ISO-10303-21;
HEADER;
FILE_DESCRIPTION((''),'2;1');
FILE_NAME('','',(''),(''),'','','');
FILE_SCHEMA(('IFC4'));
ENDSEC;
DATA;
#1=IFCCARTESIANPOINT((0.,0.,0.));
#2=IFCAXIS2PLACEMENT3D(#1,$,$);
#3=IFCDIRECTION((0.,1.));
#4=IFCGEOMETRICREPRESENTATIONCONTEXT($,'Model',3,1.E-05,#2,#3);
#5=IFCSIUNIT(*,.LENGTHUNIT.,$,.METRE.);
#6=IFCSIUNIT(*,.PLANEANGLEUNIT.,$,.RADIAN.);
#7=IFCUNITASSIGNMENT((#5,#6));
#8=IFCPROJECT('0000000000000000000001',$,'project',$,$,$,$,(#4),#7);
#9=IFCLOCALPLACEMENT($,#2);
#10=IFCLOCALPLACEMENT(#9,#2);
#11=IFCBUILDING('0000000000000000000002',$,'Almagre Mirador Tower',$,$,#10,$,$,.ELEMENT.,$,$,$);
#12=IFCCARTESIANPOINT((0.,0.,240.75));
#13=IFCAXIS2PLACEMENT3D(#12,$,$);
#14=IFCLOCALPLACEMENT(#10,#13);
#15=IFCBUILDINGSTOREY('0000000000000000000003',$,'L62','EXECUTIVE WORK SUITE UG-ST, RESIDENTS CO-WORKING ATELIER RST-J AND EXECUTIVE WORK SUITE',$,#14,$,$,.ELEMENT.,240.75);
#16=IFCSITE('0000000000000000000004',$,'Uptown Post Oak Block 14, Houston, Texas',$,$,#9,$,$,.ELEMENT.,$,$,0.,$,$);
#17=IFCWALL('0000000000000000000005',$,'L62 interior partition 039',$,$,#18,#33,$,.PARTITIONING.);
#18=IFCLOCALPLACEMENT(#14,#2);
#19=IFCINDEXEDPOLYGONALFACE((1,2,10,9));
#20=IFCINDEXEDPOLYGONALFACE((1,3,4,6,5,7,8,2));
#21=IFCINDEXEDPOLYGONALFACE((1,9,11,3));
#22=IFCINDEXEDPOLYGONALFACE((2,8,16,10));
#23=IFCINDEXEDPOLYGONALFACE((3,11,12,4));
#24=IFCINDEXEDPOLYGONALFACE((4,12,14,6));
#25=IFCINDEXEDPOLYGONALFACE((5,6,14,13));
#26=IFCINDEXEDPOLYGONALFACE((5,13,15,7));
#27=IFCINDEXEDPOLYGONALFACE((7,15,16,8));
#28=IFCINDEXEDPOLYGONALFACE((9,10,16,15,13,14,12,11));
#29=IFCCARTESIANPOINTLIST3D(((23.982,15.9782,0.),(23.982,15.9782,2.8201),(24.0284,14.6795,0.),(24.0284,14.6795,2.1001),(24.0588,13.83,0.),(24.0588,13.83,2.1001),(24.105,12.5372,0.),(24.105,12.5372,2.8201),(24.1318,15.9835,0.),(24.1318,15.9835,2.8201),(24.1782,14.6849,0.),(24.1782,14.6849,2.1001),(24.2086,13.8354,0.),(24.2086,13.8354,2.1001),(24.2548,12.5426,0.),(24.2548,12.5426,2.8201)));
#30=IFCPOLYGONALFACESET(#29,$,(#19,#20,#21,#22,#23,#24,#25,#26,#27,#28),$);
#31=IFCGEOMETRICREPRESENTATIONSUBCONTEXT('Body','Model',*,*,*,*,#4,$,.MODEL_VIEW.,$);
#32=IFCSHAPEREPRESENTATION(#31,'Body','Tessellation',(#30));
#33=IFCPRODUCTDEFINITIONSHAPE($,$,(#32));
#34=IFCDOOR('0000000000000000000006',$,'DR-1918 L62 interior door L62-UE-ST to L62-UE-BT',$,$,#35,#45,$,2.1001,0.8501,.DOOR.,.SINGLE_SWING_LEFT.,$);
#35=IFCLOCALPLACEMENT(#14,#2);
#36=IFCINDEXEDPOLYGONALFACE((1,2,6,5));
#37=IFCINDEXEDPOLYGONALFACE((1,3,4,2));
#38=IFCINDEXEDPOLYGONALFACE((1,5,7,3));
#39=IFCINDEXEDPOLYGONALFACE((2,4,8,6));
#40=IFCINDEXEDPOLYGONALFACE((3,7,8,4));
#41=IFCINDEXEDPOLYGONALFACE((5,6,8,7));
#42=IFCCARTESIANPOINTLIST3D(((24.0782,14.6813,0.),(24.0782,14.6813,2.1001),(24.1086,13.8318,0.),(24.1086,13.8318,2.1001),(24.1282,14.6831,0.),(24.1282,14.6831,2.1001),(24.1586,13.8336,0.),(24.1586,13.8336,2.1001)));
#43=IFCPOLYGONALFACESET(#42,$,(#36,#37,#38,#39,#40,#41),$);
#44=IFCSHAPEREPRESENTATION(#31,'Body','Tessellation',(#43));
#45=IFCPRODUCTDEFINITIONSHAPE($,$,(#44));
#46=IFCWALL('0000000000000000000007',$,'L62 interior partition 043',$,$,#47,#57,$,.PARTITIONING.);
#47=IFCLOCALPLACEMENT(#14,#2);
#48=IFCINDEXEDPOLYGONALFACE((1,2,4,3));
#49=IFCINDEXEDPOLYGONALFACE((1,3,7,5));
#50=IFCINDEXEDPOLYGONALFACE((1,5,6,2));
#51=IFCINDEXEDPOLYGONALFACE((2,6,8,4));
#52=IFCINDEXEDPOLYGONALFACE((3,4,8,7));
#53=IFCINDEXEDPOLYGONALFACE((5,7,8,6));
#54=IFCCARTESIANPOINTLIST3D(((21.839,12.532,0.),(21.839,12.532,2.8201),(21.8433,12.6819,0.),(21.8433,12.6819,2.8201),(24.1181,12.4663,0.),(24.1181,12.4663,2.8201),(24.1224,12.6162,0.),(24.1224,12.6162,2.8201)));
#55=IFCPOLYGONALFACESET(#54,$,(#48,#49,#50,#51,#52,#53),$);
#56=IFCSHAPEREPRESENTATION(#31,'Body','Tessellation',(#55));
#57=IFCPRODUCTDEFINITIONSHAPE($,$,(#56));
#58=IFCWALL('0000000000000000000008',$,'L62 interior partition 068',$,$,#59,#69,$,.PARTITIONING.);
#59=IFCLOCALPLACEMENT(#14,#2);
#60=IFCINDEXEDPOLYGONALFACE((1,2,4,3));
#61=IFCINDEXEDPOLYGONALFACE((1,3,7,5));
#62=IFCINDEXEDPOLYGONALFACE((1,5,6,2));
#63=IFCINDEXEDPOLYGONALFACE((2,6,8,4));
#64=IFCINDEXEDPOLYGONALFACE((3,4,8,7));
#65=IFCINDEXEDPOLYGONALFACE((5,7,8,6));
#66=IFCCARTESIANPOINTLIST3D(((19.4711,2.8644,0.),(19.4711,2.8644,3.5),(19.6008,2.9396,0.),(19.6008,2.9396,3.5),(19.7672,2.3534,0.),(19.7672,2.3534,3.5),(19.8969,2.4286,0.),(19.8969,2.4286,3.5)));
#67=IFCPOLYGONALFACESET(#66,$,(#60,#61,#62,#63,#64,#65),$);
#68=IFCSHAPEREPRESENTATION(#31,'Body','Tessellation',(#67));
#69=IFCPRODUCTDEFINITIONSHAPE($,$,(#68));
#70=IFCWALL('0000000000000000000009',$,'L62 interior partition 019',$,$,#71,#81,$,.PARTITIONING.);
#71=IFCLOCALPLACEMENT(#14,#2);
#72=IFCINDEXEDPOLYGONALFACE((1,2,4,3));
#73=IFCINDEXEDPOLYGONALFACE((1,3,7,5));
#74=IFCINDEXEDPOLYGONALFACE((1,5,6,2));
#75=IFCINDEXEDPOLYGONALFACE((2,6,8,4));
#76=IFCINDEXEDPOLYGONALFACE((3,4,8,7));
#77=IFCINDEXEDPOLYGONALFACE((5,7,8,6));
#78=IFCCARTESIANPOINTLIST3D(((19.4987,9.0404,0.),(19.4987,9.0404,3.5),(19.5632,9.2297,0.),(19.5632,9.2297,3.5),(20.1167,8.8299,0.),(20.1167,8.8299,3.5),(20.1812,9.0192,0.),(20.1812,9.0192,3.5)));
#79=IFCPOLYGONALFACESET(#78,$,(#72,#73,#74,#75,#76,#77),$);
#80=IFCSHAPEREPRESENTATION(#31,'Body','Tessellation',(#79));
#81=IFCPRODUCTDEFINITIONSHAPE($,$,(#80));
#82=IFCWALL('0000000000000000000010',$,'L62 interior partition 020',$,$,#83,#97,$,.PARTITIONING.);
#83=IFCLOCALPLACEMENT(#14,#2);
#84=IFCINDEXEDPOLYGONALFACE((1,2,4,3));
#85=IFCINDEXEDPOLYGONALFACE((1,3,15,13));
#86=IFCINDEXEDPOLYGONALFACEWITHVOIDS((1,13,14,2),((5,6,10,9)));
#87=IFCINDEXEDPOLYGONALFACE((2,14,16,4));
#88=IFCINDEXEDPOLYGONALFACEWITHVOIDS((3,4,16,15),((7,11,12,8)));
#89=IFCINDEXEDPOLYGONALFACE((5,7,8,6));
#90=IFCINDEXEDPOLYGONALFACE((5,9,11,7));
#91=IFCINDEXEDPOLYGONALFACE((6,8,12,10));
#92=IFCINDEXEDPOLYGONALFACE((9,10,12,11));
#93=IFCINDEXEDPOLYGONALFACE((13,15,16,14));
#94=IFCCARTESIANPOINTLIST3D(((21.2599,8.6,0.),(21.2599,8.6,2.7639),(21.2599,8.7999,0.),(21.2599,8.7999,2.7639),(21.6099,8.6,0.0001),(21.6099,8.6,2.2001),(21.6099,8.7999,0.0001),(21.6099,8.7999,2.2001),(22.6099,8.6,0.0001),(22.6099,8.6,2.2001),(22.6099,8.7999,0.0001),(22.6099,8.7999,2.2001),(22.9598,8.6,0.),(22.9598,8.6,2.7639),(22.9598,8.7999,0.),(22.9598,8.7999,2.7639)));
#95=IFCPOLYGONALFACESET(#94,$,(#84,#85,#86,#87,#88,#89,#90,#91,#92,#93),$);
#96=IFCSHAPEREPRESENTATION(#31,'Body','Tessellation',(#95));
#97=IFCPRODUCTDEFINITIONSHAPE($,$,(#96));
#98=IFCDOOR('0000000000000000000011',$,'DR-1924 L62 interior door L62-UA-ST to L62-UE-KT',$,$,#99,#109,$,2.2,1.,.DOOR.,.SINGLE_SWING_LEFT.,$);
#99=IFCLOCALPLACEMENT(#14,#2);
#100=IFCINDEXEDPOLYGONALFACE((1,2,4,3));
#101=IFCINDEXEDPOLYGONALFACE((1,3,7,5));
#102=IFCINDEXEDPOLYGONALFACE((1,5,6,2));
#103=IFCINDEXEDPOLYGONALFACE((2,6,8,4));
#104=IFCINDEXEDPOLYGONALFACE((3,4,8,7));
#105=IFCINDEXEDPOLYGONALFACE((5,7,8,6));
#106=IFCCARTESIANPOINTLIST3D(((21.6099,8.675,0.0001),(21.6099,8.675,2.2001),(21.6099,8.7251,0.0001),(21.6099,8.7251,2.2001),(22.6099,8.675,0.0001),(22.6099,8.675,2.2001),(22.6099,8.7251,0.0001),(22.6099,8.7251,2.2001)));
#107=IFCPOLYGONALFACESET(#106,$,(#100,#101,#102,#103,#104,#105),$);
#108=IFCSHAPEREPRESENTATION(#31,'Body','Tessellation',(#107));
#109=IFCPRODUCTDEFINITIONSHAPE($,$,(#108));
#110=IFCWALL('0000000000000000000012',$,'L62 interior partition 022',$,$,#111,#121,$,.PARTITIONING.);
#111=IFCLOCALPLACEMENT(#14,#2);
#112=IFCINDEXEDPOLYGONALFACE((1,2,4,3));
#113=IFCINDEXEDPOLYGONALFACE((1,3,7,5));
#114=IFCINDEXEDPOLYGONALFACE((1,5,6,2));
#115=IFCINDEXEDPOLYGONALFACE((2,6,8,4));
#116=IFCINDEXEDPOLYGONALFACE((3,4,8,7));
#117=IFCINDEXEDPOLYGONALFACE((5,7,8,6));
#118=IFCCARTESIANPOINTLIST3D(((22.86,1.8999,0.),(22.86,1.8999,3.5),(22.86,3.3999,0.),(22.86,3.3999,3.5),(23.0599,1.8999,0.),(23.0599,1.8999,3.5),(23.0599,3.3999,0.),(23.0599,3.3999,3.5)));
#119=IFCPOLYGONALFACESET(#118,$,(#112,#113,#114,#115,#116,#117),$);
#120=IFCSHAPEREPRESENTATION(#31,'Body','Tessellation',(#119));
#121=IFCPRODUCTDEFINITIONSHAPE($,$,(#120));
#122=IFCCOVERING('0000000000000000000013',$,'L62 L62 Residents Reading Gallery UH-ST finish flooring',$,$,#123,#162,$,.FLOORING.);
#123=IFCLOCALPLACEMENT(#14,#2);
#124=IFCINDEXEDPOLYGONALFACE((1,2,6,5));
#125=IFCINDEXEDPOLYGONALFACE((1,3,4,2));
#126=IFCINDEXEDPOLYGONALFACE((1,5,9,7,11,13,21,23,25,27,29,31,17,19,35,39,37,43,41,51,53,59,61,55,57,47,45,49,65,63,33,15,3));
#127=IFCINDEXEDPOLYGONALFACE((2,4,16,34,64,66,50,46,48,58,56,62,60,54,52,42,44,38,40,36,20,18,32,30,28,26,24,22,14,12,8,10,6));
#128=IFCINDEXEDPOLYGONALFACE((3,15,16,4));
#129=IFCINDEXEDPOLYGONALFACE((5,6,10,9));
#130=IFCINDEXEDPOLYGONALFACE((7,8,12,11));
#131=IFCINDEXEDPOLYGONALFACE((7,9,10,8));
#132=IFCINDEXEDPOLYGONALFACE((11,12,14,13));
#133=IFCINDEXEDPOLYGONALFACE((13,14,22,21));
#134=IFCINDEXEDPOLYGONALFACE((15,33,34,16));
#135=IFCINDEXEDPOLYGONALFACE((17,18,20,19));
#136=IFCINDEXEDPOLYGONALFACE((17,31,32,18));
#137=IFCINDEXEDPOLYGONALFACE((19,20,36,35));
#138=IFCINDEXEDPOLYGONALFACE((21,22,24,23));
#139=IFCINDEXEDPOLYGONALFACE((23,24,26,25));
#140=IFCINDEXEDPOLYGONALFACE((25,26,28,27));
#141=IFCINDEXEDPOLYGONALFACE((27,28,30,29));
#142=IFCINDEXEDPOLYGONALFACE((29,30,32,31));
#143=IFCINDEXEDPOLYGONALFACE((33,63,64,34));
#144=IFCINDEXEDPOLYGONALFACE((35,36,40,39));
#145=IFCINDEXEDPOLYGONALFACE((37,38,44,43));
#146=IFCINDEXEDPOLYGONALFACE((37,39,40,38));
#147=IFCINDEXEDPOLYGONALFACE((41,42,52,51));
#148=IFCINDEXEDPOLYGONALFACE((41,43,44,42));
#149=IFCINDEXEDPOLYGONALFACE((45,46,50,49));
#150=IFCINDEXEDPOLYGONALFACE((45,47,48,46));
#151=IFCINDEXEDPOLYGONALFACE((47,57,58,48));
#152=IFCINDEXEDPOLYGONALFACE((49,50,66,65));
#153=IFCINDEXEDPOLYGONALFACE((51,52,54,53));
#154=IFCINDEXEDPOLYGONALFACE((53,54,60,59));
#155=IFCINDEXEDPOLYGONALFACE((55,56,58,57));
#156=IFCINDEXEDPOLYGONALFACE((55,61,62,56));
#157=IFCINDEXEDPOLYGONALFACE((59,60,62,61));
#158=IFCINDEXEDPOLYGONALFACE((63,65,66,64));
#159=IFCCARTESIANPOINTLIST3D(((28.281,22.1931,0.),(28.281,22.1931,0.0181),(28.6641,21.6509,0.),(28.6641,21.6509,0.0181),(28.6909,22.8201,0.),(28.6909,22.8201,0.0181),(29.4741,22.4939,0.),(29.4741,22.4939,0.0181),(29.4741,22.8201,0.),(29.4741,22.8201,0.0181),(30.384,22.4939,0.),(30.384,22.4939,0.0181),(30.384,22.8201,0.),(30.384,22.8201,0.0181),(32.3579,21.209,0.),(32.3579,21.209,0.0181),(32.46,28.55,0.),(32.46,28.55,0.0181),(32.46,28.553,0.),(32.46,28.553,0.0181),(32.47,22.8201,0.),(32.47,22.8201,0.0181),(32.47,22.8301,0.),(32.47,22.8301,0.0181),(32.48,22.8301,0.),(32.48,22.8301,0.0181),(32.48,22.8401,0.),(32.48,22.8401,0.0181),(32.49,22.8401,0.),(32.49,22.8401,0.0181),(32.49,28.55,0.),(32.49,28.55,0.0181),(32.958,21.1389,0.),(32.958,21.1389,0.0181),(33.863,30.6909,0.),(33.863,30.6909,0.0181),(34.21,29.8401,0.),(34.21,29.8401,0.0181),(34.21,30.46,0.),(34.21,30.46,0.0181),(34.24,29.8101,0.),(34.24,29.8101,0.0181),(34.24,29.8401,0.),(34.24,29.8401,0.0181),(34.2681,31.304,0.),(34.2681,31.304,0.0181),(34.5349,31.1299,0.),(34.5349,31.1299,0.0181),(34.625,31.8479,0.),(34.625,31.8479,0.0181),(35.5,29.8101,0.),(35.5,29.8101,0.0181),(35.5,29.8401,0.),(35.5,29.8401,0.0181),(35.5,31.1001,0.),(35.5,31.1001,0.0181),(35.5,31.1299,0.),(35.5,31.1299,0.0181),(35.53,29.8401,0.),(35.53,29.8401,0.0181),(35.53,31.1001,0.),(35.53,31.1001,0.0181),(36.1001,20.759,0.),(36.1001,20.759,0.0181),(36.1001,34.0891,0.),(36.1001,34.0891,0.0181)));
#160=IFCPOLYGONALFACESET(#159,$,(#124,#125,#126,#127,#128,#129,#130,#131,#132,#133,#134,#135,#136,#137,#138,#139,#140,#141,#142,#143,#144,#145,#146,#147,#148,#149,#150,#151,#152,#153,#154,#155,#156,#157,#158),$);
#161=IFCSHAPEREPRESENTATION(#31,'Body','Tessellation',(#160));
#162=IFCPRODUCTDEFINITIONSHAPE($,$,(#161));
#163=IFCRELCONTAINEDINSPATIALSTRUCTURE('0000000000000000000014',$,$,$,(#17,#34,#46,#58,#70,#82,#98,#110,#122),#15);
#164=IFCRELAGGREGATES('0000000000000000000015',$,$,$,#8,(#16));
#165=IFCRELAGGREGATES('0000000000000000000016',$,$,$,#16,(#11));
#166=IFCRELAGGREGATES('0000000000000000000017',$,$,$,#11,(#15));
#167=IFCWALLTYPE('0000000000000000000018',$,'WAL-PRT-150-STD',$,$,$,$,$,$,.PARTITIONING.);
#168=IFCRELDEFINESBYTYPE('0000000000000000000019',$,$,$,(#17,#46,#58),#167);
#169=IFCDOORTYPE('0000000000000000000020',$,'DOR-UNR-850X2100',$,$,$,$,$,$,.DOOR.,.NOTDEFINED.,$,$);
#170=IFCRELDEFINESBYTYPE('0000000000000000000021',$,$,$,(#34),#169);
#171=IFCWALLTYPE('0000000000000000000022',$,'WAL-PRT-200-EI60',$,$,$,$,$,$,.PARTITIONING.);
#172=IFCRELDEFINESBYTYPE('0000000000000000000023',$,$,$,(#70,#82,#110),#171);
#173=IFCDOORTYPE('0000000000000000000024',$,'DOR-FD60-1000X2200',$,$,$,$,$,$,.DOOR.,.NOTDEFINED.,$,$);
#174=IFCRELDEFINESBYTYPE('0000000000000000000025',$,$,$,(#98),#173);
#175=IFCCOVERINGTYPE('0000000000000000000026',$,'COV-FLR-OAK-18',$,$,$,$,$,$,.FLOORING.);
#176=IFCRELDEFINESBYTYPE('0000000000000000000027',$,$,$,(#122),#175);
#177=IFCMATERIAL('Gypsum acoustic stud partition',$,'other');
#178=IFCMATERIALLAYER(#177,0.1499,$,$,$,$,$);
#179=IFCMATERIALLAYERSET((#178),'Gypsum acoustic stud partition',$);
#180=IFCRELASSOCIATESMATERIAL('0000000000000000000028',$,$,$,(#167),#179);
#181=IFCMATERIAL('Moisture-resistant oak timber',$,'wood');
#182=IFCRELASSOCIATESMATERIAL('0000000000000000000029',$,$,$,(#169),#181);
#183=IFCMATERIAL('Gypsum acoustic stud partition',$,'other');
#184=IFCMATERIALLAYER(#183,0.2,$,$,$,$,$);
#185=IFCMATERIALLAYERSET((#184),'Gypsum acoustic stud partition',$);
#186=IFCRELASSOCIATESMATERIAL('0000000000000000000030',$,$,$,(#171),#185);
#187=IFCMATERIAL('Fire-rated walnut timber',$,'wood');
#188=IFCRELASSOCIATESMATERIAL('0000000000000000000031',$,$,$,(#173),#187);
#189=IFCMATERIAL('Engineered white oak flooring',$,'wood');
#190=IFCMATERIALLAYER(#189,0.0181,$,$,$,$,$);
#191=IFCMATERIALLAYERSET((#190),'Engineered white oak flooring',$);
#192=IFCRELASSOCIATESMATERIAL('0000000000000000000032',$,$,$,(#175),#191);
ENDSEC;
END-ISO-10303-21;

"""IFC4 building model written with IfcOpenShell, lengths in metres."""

from ifc_helpers import new_model, si_unit, direction, frame, frame_2d, origin, place, context, subcontext, project, spatial, polyline, rectangle, outline, extrude, material, layer, layer_set, type_object, element, fill, save


model = new_model("IFC4")

# Units and contexts
model_context = context("Model", 3, precision=1e-05, world=origin(), true_north=direction((0.0, 1.0)))
body_context = subcontext(model_context, "Body", "Model", "MODEL_VIEW")
ifc_project = project(units=[si_unit("LENGTHUNIT", "METRE"), si_unit("PLANEANGLEUNIT", "RADIAN")], contexts=[model_context])

# Site, building, storey
site_placement = place(None, origin())
site = spatial("IfcSite", under=ifc_project, at=site_placement, Name="Uptown Post Oak Block 14, Houston, Texas", CompositionType="ELEMENT", RefElevation=0.0)
building_placement = place(site_placement, origin())
building = spatial("IfcBuilding", under=site, at=building_placement, Name="Almagre Mirador Tower", CompositionType="ELEMENT")
storey_placement = place(building_placement, frame((0.0, 0.0, 240.75)))
storey = spatial("IfcBuildingStorey", under=building, at=storey_placement, Name="L62", Description="EXECUTIVE WORK SUITE UG-ST, RESIDENTS CO-WORKING ATELIER RST-J AND EXECUTIVE WORK SUITE", CompositionType="ELEMENT", Elevation=240.75)

# Wall, opening, door
ifc_material_1 = material(Name="Gypsum acoustic stud partition", Category="other")
ifc_layer_1 = layer(ifc_material_1, 0.1499)
ifc_layer_set_1 = layer_set([ifc_layer_1], Name="Gypsum acoustic stud partition")
wall_type_1 = type_object("IfcWallType", Name="WAL-PRT-150-STD", PredefinedType="PARTITIONING", material=ifc_layer_set_1)
ifc_material_2 = material(Name="Moisture-resistant oak timber", Category="wood")
door_type_1 = type_object("IfcDoorType", Name="DOR-UNR-850X2100", OperationType="NOTDEFINED", PredefinedType="DOOR", material=ifc_material_2)
wall_1_placement = place(storey_placement, frame((24.0569, 15.981, 0.0), z_axis=(0.0, 0.0, 1.0), x_axis=(0.035737, -0.999361, 0.0)))
wall_1 = element("IfcWall", 1, at=wall_1_placement, inside=storey, type_object=wall_type_1, Name="L62 interior partition 039", PredefinedType="PARTITIONING", context=body_context, shape_type="SweptSolid", body=[
    extrude(rectangle(XDim=3.4431, YDim=0.1499, at=frame_2d((1.7217, 0.0))), origin(), (0.0, 0.0, 1.0), 2.8201),
])
opening_1_placement = place(wall_1_placement, frame((1.2996, 0.0, 0.0)))
opening_1 = element("IfcOpeningElement", 2, at=opening_1_placement, cuts=wall_1, PredefinedType="OPENING", context=body_context, shape_type="SweptSolid", body=[
    extrude(rectangle(XDim=0.8501, YDim=2.1001, at=frame_2d((0.425, 1.05))), frame((0.0, 0.085, 0.0), z_axis=(0.0, -1.0, 0.0), x_axis=(1.0, 0.0, 0.0)), (0.0, 0.0, 1.0), 0.1699),
])
door_1_placement = place(opening_1_placement, origin())
door_1 = element("IfcDoor", 3, at=door_1_placement, inside=storey, type_object=door_type_1, Name="DR-1918 L62 interior door L62-UE-ST to L62-UE-BT", OperationType="SINGLE_SWING_LEFT", OverallHeight=2.1001, OverallWidth=0.8501, PredefinedType="DOOR", context=body_context, shape_type="SweptSolid", body=[
    extrude(rectangle(XDim=0.8501, YDim=2.1001, at=frame_2d((0.425, 1.05))), frame((0.0, 0.0249, 0.0), z_axis=(0.0, -1.0, 0.0), x_axis=(1.0, 0.0, 0.0)), (0.0, 0.0, 1.0), 0.05),
])
fill(opening_1, door_1)

# Walls
wall_2_placement = place(storey_placement, frame((21.8411, 12.6069, 0.0), z_axis=(0.0, 0.0, 1.0), x_axis=(0.999585, -0.028804, 0.0)))
element("IfcWall", 4, at=wall_2_placement, inside=storey, type_object=wall_type_1, Name="L62 interior partition 043", PredefinedType="PARTITIONING", context=body_context, shape_type="SweptSolid", body=[
    extrude(rectangle(XDim=2.28, YDim=0.1499, at=frame_2d((1.1401, 0.0))), origin(), (0.0, 0.0, 1.0), 2.8201),
])
wall_3_placement = place(storey_placement, frame((19.5359, 2.9021, 0.0), z_axis=(0.0, 0.0, 1.0), x_axis=(0.501427, -0.8652, 0.0)))
element("IfcWall", 5, at=wall_3_placement, inside=storey, type_object=wall_type_1, Name="L62 interior partition 068", PredefinedType="PARTITIONING", context=body_context, shape_type="SweptSolid", body=[
    extrude(rectangle(XDim=0.5906, YDim=0.1499, at=frame_2d((0.2954, 0.0))), origin(), (0.0, 0.0, 1.0), 3.5),
])
ifc_material_3 = material(Name="Gypsum acoustic stud partition", Category="other")
ifc_layer_2 = layer(ifc_material_3, 0.2)
ifc_layer_set_2 = layer_set([ifc_layer_2], Name="Gypsum acoustic stud partition")
wall_type_2 = type_object("IfcWallType", Name="WAL-PRT-200-EI60", PredefinedType="PARTITIONING", material=ifc_layer_set_2)
wall_4_placement = place(storey_placement, frame((20.1489, 8.9246, 0.0), z_axis=(0.0, 0.0, 1.0), x_axis=(-0.946606, 0.322392, 0.0)))
element("IfcWall", 6, at=wall_4_placement, inside=storey, type_object=wall_type_2, Name="L62 interior partition 019", PredefinedType="PARTITIONING", context=body_context, shape_type="SweptSolid", body=[
    extrude(rectangle(XDim=0.6528, YDim=0.2, at=frame_2d((0.3264, 0.0))), origin(), (0.0, 0.0, 1.0), 3.5),
])

# Wall, opening, door
wall_5_placement = place(storey_placement, frame((22.96, 8.7, 0.0), z_axis=(0.0, 0.0, 1.0), x_axis=(-1.0, 0.0, 0.0)))
wall_5 = element("IfcWall", 7, at=wall_5_placement, inside=storey, type_object=wall_type_2, Name="L62 interior partition 020", PredefinedType="PARTITIONING", context=body_context, shape_type="SweptSolid", body=[
    extrude(rectangle(XDim=1.7, YDim=0.2, at=frame_2d((0.8501, 0.0))), origin(), (0.0, 0.0, 1.0), 2.7639),
])
opening_2_placement = place(wall_5_placement, frame((0.3501, 0.0, 0.0)))
opening_2 = element("IfcOpeningElement", 8, at=opening_2_placement, cuts=wall_5, PredefinedType="OPENING", context=body_context, shape_type="SweptSolid", body=[
    extrude(rectangle(XDim=1.0, YDim=2.2, at=frame_2d((0.5, 1.1001))), frame((0.0, 0.1101, 0.0), z_axis=(0.0, -1.0, 0.0), x_axis=(1.0, 0.0, 0.0)), (0.0, 0.0, 1.0), 0.22),
])
ifc_material_4 = material(Name="Fire-rated walnut timber", Category="wood")
door_type_2 = type_object("IfcDoorType", Name="DOR-FD60-1000X2200", OperationType="NOTDEFINED", PredefinedType="DOOR", material=ifc_material_4)
door_2_placement = place(opening_2_placement, origin())
door_2 = element("IfcDoor", 9, at=door_2_placement, inside=storey, type_object=door_type_2, Name="DR-1924 L62 interior door L62-UA-ST to L62-UE-KT", OperationType="SINGLE_SWING_LEFT", OverallHeight=2.2, OverallWidth=1.0, PredefinedType="DOOR", context=body_context, shape_type="SweptSolid", body=[
    extrude(rectangle(XDim=1.0, YDim=2.2, at=frame_2d((0.5, 1.1001))), frame((0.0, 0.0249, 0.0), z_axis=(0.0, -1.0, 0.0), x_axis=(1.0, 0.0, 0.0)), (0.0, 0.0, 1.0), 0.05),
])
fill(opening_2, door_2)

# Wall
wall_6_placement = place(storey_placement, frame((22.96, 1.8999, 0.0), z_axis=(0.0, 0.0, 1.0), x_axis=(0.0, 1.0, 0.0)))
element("IfcWall", 10, at=wall_6_placement, inside=storey, type_object=wall_type_2, Name="L62 interior partition 022", PredefinedType="PARTITIONING", context=body_context, shape_type="SweptSolid", body=[
    extrude(rectangle(XDim=1.5, YDim=0.2, at=frame_2d((0.75, 0.0))), origin(), (0.0, 0.0, 1.0), 3.5),
])

# Covering
ifc_material_5 = material(Name="Engineered white oak flooring", Category="wood")
ifc_layer_3 = layer(ifc_material_5, 0.0181)
ifc_layer_set_3 = layer_set([ifc_layer_3], Name="Engineered white oak flooring")
covering_type = type_object("IfcCoveringType", Name="COV-FLR-OAK-18", PredefinedType="FLOORING", material=ifc_layer_set_3)
covering_placement = place(storey_placement, origin())
element("IfcCovering", 11, at=covering_placement, inside=storey, type_object=covering_type, Name="L62 L62 Residents Reading Gallery UH-ST finish flooring", PredefinedType="FLOORING", context=body_context, shape_type="SweptSolid", body=[
    extrude(outline(polyline([(29.4741, 22.8201), (29.4741, 22.4939), (30.384, 22.4939), (30.384, 22.8201), (32.47, 22.8201), (32.47, 22.8301), (32.48, 22.8301), (32.48, 22.8401), (32.49, 22.8401), (32.49, 28.55), (32.46, 28.55), (32.46, 28.553), (33.863, 30.6909), (34.21, 30.46), (34.21, 29.8401), (34.24, 29.8401), (34.24, 29.8101), (35.5, 29.8101), (35.5, 29.8401), (35.53, 29.8401), (35.53, 31.1001), (35.5, 31.1001), (35.5, 31.1299), (34.5349, 31.1299), (34.2681, 31.304), (34.625, 31.8479), (36.1001, 34.0891), (36.1001, 20.759), (32.958, 21.1389), (32.3579, 21.209), (28.6641, 21.6509), (28.281, 22.1931), (28.6909, 22.8201), (29.4741, 22.8201)])), origin(), (0.0, 0.0, 1.0), 0.0181),
])

save(model, "model.ifc")
